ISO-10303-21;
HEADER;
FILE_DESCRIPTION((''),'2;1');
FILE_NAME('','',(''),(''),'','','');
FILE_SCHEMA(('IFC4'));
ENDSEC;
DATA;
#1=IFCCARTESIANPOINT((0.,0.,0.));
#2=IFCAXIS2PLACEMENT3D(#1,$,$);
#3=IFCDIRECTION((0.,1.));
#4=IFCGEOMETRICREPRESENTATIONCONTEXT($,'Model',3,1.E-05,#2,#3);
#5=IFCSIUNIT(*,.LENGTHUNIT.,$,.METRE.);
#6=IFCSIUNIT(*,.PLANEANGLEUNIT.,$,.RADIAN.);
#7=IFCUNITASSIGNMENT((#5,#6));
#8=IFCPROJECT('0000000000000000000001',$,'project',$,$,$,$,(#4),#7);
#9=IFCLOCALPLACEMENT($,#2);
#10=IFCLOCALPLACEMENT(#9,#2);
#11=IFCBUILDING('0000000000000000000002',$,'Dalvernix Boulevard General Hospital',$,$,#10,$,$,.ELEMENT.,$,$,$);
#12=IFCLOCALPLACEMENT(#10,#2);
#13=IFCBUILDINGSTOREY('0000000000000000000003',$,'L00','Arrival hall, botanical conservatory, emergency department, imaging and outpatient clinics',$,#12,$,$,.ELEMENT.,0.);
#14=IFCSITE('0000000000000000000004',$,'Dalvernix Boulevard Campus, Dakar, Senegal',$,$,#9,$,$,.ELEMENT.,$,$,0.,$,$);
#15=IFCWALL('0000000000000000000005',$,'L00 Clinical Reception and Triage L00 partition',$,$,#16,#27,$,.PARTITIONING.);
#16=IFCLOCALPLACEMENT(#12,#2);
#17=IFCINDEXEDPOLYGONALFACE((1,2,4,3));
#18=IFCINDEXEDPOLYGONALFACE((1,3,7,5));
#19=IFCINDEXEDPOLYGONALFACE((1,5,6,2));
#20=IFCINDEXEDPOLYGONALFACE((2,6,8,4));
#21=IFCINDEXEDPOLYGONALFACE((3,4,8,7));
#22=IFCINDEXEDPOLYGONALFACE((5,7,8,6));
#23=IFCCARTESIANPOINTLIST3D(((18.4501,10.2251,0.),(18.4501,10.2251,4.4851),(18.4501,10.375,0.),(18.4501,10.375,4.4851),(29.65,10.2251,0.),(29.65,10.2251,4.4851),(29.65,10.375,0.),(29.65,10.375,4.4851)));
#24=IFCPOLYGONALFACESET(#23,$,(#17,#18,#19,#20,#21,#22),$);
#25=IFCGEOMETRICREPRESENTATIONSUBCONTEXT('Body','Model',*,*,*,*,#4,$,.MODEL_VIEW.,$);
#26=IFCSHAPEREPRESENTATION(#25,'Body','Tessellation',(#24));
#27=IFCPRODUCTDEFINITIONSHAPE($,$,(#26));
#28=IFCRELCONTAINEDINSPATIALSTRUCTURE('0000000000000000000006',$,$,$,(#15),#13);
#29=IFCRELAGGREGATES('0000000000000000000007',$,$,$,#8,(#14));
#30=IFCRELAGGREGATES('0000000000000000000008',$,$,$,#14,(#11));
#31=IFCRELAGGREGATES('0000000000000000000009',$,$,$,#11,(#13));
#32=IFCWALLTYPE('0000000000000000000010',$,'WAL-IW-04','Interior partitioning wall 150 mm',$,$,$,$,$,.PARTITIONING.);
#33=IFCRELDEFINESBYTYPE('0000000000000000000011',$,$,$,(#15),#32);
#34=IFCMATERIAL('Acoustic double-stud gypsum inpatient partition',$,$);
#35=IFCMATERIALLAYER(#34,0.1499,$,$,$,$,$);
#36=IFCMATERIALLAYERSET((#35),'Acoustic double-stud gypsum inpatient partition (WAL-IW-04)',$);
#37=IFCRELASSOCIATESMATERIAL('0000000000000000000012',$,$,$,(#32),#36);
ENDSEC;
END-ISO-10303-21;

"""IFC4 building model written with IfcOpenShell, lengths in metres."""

from ifc_helpers import new_model, si_unit, direction, frame, frame_2d, origin, place, context, subcontext, project, spatial, rectangle, extrude, material, layer, layer_set, type_object, element, save


model = new_model("IFC4")

# Units and contexts
model_context = context("Model", 3, precision=1e-05, world=origin(), true_north=direction((0.0, 1.0)))
body_context = subcontext(model_context, "Body", "Model", "MODEL_VIEW")
ifc_project = project(units=[si_unit("LENGTHUNIT", "METRE"), si_unit("PLANEANGLEUNIT", "RADIAN")], contexts=[model_context])

# Site, building, storey
site_placement = place(None, origin())
site = spatial("IfcSite", under=ifc_project, at=site_placement, Name="Dalvernix Boulevard Campus, Dakar, Senegal", CompositionType="ELEMENT", RefElevation=0.0)
building_placement = place(site_placement, origin())
building = spatial("IfcBuilding", under=site, at=building_placement, Name="Dalvernix Boulevard General Hospital", CompositionType="ELEMENT")
storey_placement = place(building_placement, origin())
storey = spatial("IfcBuildingStorey", under=building, at=storey_placement, Name="L00", Description="Arrival hall, botanical conservatory, emergency department, imaging and outpatient clinics", CompositionType="ELEMENT", Elevation=0.0)

# Shared definitions
ifc_material_1 = material(Name="Acoustic double-stud gypsum inpatient partition")
ifc_layer_1 = layer(ifc_material_1, 0.1499)
ifc_layer_set_1 = layer_set([ifc_layer_1], Name="Acoustic double-stud gypsum inpatient partition (WAL-IW-04)")
wall_type_1 = type_object("IfcWallType", Name="WAL-IW-04", Description="Interior partitioning wall 150 mm", PredefinedType="PARTITIONING", material=ifc_layer_set_1)

# Wall
wall_1_placement = place(storey_placement, frame((18.45, 10.3, 0.0), z_axis=(0.0, 0.0, 1.0), x_axis=(1.0, 0.0, 0.0)))
element("IfcWall", 1, at=wall_1_placement, inside=storey, type_object=wall_type_1, Name="L00 Clinical Reception and Triage L00 partition", PredefinedType="PARTITIONING", context=body_context, shape_type="SweptSolid", body=[
    extrude(rectangle(XDim=11.2, YDim=0.1499, at=frame_2d((5.6001, 0.0))), origin(), (0.0, 0.0, 1.0), 4.4851),
])

save(model, "model.ifc")
